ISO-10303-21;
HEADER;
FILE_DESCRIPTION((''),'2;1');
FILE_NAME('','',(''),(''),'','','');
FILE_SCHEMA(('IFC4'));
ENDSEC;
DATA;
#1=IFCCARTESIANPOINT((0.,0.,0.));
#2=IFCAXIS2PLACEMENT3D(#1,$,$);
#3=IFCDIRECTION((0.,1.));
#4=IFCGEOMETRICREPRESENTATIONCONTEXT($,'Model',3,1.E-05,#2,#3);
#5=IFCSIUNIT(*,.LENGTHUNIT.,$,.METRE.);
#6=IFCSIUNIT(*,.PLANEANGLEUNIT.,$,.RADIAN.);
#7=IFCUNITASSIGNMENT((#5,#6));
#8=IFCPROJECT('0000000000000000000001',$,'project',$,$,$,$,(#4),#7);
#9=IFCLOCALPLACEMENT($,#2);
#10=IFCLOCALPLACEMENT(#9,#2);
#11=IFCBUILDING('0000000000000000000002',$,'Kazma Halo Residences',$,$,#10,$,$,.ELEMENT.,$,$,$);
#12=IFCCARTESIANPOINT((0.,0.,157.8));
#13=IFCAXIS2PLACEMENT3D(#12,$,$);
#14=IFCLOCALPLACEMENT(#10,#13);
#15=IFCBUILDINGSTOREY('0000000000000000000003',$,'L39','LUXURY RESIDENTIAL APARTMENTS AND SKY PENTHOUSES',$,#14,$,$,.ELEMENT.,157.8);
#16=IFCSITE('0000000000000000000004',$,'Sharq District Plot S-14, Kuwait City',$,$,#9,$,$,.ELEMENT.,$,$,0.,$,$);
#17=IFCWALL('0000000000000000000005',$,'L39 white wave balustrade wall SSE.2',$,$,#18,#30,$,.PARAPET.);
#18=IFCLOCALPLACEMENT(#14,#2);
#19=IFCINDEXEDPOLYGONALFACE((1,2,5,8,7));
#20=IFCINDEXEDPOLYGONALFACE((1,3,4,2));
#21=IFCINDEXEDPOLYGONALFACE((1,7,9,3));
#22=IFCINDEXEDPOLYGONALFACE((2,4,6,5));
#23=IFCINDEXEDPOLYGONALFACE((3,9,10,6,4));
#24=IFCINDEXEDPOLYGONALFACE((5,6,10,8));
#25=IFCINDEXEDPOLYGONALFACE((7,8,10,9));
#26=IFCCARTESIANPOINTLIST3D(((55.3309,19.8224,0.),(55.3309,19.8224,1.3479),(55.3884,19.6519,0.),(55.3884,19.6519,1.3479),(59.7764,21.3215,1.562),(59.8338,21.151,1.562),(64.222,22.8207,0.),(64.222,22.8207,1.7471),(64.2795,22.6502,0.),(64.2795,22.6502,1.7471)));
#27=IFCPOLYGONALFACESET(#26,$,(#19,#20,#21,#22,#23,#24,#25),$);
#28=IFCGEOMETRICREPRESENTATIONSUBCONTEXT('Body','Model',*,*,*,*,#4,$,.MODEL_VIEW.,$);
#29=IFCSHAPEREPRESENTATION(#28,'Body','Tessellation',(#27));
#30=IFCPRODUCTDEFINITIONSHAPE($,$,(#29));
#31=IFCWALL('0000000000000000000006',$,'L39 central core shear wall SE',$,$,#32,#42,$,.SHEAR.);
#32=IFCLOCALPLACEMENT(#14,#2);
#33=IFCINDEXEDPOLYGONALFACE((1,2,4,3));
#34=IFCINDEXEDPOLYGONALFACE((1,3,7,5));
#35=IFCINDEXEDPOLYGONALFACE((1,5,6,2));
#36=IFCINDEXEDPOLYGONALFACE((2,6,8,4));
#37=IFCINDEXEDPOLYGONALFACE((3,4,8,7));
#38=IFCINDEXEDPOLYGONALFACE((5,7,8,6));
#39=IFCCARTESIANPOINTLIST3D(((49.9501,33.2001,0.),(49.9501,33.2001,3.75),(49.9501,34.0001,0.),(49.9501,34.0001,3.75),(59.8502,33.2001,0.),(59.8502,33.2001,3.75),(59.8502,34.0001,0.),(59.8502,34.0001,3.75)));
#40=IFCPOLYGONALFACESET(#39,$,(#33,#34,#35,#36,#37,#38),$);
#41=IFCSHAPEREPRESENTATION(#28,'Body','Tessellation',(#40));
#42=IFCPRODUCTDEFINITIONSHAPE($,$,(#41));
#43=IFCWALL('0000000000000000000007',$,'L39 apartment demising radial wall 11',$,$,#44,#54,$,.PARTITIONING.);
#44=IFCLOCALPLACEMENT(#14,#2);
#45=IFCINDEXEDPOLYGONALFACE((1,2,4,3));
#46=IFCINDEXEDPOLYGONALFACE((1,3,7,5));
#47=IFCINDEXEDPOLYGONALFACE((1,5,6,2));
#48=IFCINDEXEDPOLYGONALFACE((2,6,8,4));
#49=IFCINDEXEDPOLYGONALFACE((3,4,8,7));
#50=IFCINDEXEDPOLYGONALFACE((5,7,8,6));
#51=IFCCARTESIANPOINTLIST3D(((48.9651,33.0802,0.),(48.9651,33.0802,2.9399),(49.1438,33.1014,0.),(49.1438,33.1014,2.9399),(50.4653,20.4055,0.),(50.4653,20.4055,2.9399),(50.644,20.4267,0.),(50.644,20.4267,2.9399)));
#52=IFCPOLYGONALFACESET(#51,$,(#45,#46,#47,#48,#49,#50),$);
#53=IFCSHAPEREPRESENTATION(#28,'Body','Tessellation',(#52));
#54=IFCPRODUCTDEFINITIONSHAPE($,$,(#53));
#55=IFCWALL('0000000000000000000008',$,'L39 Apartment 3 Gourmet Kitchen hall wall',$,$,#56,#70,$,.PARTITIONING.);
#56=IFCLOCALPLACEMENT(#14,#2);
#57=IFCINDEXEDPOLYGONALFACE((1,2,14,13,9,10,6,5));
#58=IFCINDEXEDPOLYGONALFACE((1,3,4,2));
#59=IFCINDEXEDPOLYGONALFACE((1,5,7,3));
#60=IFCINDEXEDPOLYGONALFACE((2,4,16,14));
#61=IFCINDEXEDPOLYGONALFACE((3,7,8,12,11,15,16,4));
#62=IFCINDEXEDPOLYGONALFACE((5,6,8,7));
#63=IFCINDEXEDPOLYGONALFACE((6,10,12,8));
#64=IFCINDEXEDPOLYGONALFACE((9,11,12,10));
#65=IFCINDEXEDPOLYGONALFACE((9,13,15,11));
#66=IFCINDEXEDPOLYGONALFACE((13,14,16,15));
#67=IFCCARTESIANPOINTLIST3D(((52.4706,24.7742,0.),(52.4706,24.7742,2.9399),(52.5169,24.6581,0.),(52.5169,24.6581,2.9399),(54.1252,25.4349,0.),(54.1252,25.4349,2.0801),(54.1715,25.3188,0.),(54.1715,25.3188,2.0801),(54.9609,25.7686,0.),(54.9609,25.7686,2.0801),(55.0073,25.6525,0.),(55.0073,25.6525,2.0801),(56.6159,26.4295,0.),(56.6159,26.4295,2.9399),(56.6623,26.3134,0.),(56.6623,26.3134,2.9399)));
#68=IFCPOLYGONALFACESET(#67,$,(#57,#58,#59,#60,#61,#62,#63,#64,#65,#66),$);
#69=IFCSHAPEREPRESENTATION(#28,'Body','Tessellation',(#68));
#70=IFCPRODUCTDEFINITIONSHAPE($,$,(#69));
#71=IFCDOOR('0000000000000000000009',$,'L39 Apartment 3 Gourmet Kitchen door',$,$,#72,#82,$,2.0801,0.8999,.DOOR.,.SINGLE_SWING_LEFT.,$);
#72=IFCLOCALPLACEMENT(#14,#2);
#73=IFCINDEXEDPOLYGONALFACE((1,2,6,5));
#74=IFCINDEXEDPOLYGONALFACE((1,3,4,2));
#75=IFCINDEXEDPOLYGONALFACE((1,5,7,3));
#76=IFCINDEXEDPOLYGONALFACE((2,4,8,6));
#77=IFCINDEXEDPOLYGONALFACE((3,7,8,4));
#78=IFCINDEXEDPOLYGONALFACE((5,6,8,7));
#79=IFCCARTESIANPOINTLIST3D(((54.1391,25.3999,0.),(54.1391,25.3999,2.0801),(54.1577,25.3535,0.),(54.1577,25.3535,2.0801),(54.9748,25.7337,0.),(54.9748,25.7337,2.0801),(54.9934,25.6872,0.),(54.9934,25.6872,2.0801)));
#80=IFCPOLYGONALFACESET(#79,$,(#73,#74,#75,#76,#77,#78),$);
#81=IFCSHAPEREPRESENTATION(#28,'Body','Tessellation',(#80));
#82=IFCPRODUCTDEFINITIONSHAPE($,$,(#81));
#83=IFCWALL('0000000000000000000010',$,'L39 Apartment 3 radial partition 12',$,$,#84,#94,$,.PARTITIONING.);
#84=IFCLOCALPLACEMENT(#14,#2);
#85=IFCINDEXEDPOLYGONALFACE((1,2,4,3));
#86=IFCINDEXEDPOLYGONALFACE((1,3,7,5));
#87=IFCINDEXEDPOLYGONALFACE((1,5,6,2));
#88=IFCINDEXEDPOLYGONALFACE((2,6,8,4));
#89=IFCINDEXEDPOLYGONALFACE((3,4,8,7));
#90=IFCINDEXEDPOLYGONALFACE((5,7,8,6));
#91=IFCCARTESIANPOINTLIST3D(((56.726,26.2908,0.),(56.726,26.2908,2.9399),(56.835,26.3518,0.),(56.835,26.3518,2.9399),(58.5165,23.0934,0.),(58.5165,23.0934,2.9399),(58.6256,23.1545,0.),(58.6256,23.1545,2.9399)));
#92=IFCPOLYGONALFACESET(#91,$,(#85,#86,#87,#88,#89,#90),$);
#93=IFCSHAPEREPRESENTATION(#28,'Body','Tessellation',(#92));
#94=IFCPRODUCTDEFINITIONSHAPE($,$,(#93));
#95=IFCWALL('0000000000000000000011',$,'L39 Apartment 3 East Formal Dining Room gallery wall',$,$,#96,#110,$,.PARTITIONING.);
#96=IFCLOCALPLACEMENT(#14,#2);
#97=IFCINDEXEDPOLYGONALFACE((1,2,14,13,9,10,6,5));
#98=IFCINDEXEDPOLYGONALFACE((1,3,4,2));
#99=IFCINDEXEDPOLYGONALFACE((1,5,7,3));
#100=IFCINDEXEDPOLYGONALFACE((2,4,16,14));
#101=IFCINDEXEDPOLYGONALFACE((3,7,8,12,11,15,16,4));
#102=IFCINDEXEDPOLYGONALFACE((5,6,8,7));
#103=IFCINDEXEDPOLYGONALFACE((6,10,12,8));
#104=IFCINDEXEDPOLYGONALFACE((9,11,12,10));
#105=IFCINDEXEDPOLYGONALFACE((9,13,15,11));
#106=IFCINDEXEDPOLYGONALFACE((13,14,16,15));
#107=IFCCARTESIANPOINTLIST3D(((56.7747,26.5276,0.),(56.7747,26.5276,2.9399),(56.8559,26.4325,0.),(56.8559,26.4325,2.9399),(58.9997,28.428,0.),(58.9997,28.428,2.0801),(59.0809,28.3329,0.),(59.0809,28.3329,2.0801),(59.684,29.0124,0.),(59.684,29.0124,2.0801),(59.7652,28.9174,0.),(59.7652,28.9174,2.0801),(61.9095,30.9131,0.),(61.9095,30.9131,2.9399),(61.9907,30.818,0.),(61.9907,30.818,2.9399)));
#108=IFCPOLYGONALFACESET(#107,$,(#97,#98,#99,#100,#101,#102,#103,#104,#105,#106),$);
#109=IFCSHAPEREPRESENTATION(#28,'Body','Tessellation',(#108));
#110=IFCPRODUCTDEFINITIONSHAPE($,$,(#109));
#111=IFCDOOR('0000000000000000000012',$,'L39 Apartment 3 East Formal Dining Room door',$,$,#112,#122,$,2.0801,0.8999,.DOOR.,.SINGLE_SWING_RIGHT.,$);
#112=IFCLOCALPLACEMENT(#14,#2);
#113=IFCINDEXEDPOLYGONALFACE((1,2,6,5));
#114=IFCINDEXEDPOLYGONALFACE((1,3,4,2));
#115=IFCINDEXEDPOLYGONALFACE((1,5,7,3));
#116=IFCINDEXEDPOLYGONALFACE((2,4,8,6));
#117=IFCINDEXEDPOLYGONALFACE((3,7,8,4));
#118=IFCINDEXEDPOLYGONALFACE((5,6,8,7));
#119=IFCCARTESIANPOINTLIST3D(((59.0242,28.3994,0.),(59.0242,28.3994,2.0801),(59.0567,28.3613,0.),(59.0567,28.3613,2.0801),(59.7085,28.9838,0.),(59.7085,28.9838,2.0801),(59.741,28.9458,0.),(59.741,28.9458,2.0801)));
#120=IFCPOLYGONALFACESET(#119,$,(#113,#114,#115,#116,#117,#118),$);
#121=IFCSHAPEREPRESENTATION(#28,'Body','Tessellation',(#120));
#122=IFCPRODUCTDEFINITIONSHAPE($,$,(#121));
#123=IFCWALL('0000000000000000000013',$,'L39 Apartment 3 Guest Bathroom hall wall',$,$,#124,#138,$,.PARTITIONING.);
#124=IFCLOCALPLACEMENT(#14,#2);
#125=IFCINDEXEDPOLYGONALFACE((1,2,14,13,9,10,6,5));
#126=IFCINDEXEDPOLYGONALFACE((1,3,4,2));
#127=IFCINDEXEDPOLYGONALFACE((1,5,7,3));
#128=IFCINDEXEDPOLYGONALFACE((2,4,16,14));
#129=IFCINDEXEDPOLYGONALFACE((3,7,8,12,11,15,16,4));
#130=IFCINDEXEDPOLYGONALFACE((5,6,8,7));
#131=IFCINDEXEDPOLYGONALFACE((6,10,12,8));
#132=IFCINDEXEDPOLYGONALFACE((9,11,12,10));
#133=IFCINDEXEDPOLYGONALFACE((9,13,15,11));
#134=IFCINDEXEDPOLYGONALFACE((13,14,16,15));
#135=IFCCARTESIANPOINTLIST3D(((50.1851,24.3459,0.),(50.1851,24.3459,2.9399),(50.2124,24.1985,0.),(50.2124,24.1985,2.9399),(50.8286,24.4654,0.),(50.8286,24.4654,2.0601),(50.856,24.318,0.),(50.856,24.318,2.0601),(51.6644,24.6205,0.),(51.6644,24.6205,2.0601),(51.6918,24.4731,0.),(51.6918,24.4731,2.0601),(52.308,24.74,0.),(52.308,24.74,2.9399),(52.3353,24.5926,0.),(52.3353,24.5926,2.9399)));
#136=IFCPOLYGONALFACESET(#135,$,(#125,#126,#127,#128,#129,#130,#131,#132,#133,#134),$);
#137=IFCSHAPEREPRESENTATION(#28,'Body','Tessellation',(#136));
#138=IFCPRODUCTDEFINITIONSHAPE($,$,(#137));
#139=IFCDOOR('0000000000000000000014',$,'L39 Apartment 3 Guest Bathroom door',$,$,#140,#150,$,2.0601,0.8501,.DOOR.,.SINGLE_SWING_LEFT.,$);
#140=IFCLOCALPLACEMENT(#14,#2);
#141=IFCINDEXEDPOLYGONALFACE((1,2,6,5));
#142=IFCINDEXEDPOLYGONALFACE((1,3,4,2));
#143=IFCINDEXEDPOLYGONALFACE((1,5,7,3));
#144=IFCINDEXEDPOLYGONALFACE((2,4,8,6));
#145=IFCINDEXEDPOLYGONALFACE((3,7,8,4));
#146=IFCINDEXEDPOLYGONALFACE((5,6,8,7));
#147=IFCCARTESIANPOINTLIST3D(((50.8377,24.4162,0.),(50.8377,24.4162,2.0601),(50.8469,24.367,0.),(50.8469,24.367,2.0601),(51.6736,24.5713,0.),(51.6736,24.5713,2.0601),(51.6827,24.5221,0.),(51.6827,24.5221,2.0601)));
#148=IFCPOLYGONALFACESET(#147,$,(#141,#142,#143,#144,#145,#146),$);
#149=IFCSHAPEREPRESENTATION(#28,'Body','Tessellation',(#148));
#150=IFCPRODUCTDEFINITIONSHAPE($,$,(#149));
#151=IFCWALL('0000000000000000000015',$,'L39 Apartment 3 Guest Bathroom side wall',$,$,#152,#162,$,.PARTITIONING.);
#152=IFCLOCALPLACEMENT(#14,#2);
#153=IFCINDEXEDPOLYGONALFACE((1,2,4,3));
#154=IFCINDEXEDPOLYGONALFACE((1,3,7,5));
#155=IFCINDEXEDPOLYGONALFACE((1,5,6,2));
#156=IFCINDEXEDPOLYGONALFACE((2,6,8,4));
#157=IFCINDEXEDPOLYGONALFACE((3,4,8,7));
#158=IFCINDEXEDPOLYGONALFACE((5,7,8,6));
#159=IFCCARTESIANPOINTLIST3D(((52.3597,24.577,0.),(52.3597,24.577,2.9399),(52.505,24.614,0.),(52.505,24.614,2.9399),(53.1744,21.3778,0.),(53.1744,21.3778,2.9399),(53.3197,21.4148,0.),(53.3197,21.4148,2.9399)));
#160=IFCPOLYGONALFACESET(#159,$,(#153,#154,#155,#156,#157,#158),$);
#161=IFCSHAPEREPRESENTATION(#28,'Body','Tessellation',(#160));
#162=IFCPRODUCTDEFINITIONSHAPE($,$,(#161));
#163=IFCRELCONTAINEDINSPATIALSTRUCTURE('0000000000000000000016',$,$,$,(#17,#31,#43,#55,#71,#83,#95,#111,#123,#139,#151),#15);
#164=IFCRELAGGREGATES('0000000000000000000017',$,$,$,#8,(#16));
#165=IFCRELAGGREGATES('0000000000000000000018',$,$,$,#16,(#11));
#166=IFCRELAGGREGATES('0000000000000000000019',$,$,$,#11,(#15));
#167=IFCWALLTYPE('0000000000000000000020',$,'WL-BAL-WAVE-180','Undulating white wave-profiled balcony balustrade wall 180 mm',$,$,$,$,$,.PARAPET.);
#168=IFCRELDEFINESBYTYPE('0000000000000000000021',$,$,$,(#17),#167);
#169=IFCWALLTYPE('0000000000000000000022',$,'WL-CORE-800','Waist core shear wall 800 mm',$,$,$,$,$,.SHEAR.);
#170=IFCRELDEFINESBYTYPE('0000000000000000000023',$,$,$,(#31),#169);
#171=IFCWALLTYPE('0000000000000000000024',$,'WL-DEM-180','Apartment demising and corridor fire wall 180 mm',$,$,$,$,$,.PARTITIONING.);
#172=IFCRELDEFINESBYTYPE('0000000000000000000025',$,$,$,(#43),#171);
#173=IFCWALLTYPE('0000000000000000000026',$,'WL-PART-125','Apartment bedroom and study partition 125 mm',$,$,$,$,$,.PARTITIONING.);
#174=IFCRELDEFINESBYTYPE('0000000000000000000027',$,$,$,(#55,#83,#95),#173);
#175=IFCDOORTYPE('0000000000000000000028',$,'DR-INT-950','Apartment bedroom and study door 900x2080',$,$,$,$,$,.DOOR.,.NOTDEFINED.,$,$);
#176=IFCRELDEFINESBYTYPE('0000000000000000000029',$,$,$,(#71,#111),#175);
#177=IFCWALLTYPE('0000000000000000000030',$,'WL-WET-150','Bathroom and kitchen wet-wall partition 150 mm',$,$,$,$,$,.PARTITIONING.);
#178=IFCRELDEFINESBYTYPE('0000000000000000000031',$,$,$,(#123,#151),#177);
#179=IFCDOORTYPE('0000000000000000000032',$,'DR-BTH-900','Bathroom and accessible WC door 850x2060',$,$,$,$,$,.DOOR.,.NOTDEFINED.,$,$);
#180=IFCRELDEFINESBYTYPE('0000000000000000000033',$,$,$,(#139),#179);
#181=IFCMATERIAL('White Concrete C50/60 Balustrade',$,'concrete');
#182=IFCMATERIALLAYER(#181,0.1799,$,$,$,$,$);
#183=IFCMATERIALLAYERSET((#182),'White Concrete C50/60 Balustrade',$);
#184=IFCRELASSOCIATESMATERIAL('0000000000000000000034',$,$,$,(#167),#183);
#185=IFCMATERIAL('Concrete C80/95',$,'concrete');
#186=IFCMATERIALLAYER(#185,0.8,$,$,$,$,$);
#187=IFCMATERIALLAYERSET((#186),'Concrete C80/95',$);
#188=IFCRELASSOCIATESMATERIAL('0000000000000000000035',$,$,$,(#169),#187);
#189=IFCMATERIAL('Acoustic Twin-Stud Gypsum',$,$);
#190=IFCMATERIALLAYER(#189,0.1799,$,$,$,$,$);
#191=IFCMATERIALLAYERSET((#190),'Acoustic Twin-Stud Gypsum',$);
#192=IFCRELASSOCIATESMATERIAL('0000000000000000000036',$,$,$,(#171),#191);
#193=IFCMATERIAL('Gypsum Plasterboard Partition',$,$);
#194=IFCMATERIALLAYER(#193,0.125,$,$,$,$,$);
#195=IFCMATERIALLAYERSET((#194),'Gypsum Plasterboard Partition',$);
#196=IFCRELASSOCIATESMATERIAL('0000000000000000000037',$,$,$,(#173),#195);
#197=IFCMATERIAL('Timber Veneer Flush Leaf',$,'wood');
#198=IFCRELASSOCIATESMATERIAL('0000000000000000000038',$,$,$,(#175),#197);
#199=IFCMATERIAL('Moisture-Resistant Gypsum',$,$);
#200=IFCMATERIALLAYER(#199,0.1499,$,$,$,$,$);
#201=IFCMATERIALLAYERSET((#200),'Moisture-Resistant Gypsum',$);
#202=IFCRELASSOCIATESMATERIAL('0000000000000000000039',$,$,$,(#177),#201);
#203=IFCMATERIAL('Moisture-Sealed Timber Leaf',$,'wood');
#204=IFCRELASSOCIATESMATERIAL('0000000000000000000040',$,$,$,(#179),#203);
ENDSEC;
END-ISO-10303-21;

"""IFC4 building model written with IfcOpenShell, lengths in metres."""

from ifc_helpers import new_model, si_unit, direction, frame, frame_2d, origin, place, context, subcontext, project, spatial, polyline, rectangle, outline, extrude, material, layer, layer_set, type_object, element, fill, save


model = new_model("IFC4")

# Units and contexts
model_context = context("Model", 3, precision=1e-05, world=origin(), true_north=direction((0.0, 1.0)))
body_context = subcontext(model_context, "Body", "Model", "MODEL_VIEW")
ifc_project = project(units=[si_unit("LENGTHUNIT", "METRE"), si_unit("PLANEANGLEUNIT", "RADIAN")], contexts=[model_context])

# Site, building, storey
site_placement = place(None, origin())
site = spatial("IfcSite", under=ifc_project, at=site_placement, Name="Sharq District Plot S-14, Kuwait City", CompositionType="ELEMENT", RefElevation=0.0)
building_placement = place(site_placement, origin())
building = spatial("IfcBuilding", under=site, at=building_placement, Name="Kazma Halo Residences", CompositionType="ELEMENT")
storey_placement = place(building_placement, frame((0.0, 0.0, 157.8)))
storey = spatial("IfcBuildingStorey", under=building, at=storey_placement, Name="L39", Description="LUXURY RESIDENTIAL APARTMENTS AND SKY PENTHOUSES", CompositionType="ELEMENT", Elevation=157.8)

# Shared definitions
ifc_material_1 = material(Name="Concrete C80/95", Category="concrete")

# Walls
ifc_material_2 = material(Name="White Concrete C50/60 Balustrade", Category="concrete")
ifc_layer_1 = layer(ifc_material_2, 0.1799)
ifc_layer_set_1 = layer_set([ifc_layer_1], Name="White Concrete C50/60 Balustrade")
wall_type_1 = type_object("IfcWallType", Name="WL-BAL-WAVE-180", Description="Undulating white wave-profiled balcony balustrade wall 180 mm", PredefinedType="PARAPET", material=ifc_layer_set_1)
wall_1_placement = place(storey_placement, frame((55.3596, 19.7373, 0.0), z_axis=(0.0, 0.0, 1.0), x_axis=(0.947572, 0.319543, 0.0)))
element("IfcWall", 1, at=wall_1_placement, inside=storey, type_object=wall_type_1, Name="L39 white wave balustrade wall SSE.2", PredefinedType="PARAPET", context=body_context, shape_type="SweptSolid", body=[
    extrude(outline(polyline([(0.0, 0.0), (9.3831, 0.0), (9.3831, 1.7471), (4.6914, 1.562), (0.0, 1.3479), (0.0, 0.0)])), frame((0.0, 0.0898, 0.0), z_axis=(0.0, -1.0, 0.0), x_axis=(1.0, 0.0, 0.0)), (0.0, 0.0, 1.0), 0.1799),
])
ifc_layer_2 = layer(ifc_material_1, 0.8)
ifc_layer_set_2 = layer_set([ifc_layer_2], Name="Concrete C80/95")
wall_type_2 = type_object("IfcWallType", Name="WL-CORE-800", Description="Waist core shear wall 800 mm", PredefinedType="SHEAR", material=ifc_layer_set_2)
wall_2_placement = place(storey_placement, frame((49.95, 33.6001, 0.0), z_axis=(0.0, 0.0, 1.0), x_axis=(1.0, 0.0, 0.0)))
element("IfcWall", 2, at=wall_2_placement, inside=storey, type_object=wall_type_2, Name="L39 central core shear wall SE", PredefinedType="SHEAR", context=body_context, shape_type="SweptSolid", body=[
    extrude(rectangle(XDim=9.9001, YDim=0.8, at=frame_2d((4.9502, 0.0))), origin(), (0.0, 0.0, 1.0), 3.75),
])
ifc_material_3 = material(Name="Acoustic Twin-Stud Gypsum")
ifc_layer_3 = layer(ifc_material_3, 0.1799)
ifc_layer_set_3 = layer_set([ifc_layer_3], Name="Acoustic Twin-Stud Gypsum")
wall_type_3 = type_object("IfcWallType", Name="WL-DEM-180", Description="Apartment demising and corridor fire wall 180 mm", PredefinedType="PARTITIONING", material=ifc_layer_set_3)
wall_3_placement = place(storey_placement, frame((49.0544, 33.0908, 0.0), z_axis=(0.0, 0.0, 1.0), x_axis=(0.117544, -0.993068, 0.0)))
element("IfcWall", 3, at=wall_3_placement, inside=storey, type_object=wall_type_3, Name="L39 apartment demising radial wall 11", PredefinedType="PARTITIONING", context=body_context, shape_type="SweptSolid", body=[
    extrude(rectangle(XDim=12.7632, YDim=0.1799, at=frame_2d((6.3816, 0.0))), origin(), (0.0, 0.0, 1.0), 2.9399),
])

# Wall, opening, door
ifc_material_4 = material(Name="Gypsum Plasterboard Partition")
ifc_layer_4 = layer(ifc_material_4, 0.125)
ifc_layer_set_4 = layer_set([ifc_layer_4], Name="Gypsum Plasterboard Partition")
wall_type_4 = type_object("IfcWallType", Name="WL-PART-125", Description="Apartment bedroom and study partition 125 mm", PredefinedType="PARTITIONING", material=ifc_layer_set_4)
wall_4_placement = place(storey_placement, frame((52.4937, 24.7161, 0.0), z_axis=(0.0, 0.0, 1.0), x_axis=(0.928695, 0.370844, 0.0)))
wall_4 = element("IfcWall", 4, at=wall_4_placement, inside=storey, type_object=wall_type_4, Name="L39 Apartment 3 Gourmet Kitchen hall wall", PredefinedType="PARTITIONING", context=body_context, shape_type="SweptSolid", body=[
    extrude(rectangle(XDim=4.4636, YDim=0.125, at=frame_2d((2.2319, 0.0))), origin(), (0.0, 0.0, 1.0), 2.9399),
])
opening_1_placement = place(wall_4_placement, frame((1.7817, 0.0, 0.0)))
opening_1 = element("IfcOpeningElement", 5, at=opening_1_placement, cuts=wall_4, PredefinedType="OPENING", context=body_context, shape_type="SweptSolid", body=[
    extrude(rectangle(XDim=0.8999, YDim=2.0801, at=frame_2d((0.45, 1.04))), frame((0.0, 0.0725, 0.0), z_axis=(0.0, -1.0, 0.0), x_axis=(1.0, 0.0, 0.0)), (0.0, 0.0, 1.0), 0.145),
])
ifc_material_5 = material(Name="Timber Veneer Flush Leaf", Category="wood")
door_type_1 = type_object("IfcDoorType", Name="DR-INT-950", Description="Apartment bedroom and study door 900x2080", OperationType="NOTDEFINED", PredefinedType="DOOR", material=ifc_material_5)
door_1_placement = place(opening_1_placement, origin())
door_1 = element("IfcDoor", 6, at=door_1_placement, inside=storey, type_object=door_type_1, Name="L39 Apartment 3 Gourmet Kitchen door", OperationType="SINGLE_SWING_LEFT", OverallHeight=2.0801, OverallWidth=0.8999, PredefinedType="DOOR", context=body_context, shape_type="SweptSolid", body=[
    extrude(rectangle(XDim=0.8999, YDim=2.0801, at=frame_2d((0.45, 1.04))), frame((0.0, 0.0249, 0.0), z_axis=(0.0, -1.0, 0.0), x_axis=(1.0, 0.0, 0.0)), (0.0, 0.0, 1.0), 0.05),
])
fill(opening_1, door_1)

# Wall
wall_5_placement = place(storey_placement, frame((56.7805, 26.3213, 0.0), z_axis=(0.0, 0.0, 1.0), x_axis=(0.488616, -0.872499, 0.0)))
element("IfcWall", 7, at=wall_5_placement, inside=storey, type_object=wall_type_4, Name="L39 Apartment 3 radial partition 12", PredefinedType="PARTITIONING", context=body_context, shape_type="SweptSolid", body=[
    extrude(rectangle(XDim=3.6646, YDim=0.125, at=frame_2d((1.8323, 0.0))), origin(), (0.0, 0.0, 1.0), 2.9399),
])

# Walls, openings, doors
wall_6_placement = place(storey_placement, frame((56.8152, 26.48, 0.0), z_axis=(0.0, 0.0, 1.0), x_axis=(0.760406, 0.649448, 0.0)))
wall_6 = element("IfcWall", 8, at=wall_6_placement, inside=storey, type_object=wall_type_4, Name="L39 Apartment 3 East Formal Dining Room gallery wall", PredefinedType="PARTITIONING", context=body_context, shape_type="SweptSolid", body=[
    extrude(rectangle(XDim=6.7527, YDim=0.125, at=frame_2d((3.3765, 0.0))), origin(), (0.0, 0.0, 1.0), 2.9399),
])
opening_2_placement = place(wall_6_placement, frame((2.9263, 0.0, 0.0)))
opening_2 = element("IfcOpeningElement", 9, at=opening_2_placement, cuts=wall_6, PredefinedType="OPENING", context=body_context, shape_type="SweptSolid", body=[
    extrude(rectangle(XDim=0.8999, YDim=2.0801, at=frame_2d((0.45, 1.04))), frame((0.0, 0.0725, 0.0), z_axis=(0.0, -1.0, 0.0), x_axis=(1.0, 0.0, 0.0)), (0.0, 0.0, 1.0), 0.145),
])
door_2_placement = place(opening_2_placement, origin())
door_2 = element("IfcDoor", 10, at=door_2_placement, inside=storey, type_object=door_type_1, Name="L39 Apartment 3 East Formal Dining Room door", OperationType="SINGLE_SWING_RIGHT", OverallHeight=2.0801, OverallWidth=0.8999, PredefinedType="DOOR", context=body_context, shape_type="SweptSolid", body=[
    extrude(rectangle(XDim=0.8999, YDim=2.0801, at=frame_2d((0.45, 1.04))), frame((0.0, 0.0249, 0.0), z_axis=(0.0, -1.0, 0.0), x_axis=(1.0, 0.0, 0.0)), (0.0, 0.0, 1.0), 0.05),
])
fill(opening_2, door_2)
ifc_material_6 = material(Name="Moisture-Resistant Gypsum")
ifc_layer_5 = layer(ifc_material_6, 0.1499)
ifc_layer_set_5 = layer_set([ifc_layer_5], Name="Moisture-Resistant Gypsum")
wall_type_5 = type_object("IfcWallType", Name="WL-WET-150", Description="Bathroom and kitchen wet-wall partition 150 mm", PredefinedType="PARTITIONING", material=ifc_layer_set_5)
wall_7_placement = place(storey_placement, frame((50.1987, 24.2722, 0.0), z_axis=(0.0, 0.0, 1.0), x_axis=(0.983205, 0.182506, 0.0)))
wall_7 = element("IfcWall", 11, at=wall_7_placement, inside=storey, type_object=wall_type_5, Name="L39 Apartment 3 Guest Bathroom hall wall", PredefinedType="PARTITIONING", context=body_context, shape_type="SweptSolid", body=[
    extrude(rectangle(XDim=2.1592, YDim=0.1499, at=frame_2d((1.0796, 0.0))), origin(), (0.0, 0.0, 1.0), 2.9399),
])
opening_3_placement = place(wall_7_placement, frame((0.6545, 0.0, 0.0)))
opening_3 = element("IfcOpeningElement", 12, at=opening_3_placement, cuts=wall_7, PredefinedType="OPENING", context=body_context, shape_type="SweptSolid", body=[
    extrude(rectangle(XDim=0.8501, YDim=2.0601, at=frame_2d((0.425, 1.03))), frame((0.0, 0.085, 0.0), z_axis=(0.0, -1.0, 0.0), x_axis=(1.0, 0.0, 0.0)), (0.0, 0.0, 1.0), 0.1699),
])
ifc_material_7 = material(Name="Moisture-Sealed Timber Leaf", Category="wood")
door_type_2 = type_object("IfcDoorType", Name="DR-BTH-900", Description="Bathroom and accessible WC door 850x2060", OperationType="NOTDEFINED", PredefinedType="DOOR", material=ifc_material_7)
door_3_placement = place(opening_3_placement, origin())
door_3 = element("IfcDoor", 13, at=door_3_placement, inside=storey, type_object=door_type_2, Name="L39 Apartment 3 Guest Bathroom door", OperationType="SINGLE_SWING_LEFT", OverallHeight=2.0601, OverallWidth=0.8501, PredefinedType="DOOR", context=body_context, shape_type="SweptSolid", body=[
    extrude(rectangle(XDim=0.8501, YDim=2.0601, at=frame_2d((0.425, 1.03))), frame((0.0, 0.0249, 0.0), z_axis=(0.0, -1.0, 0.0), x_axis=(1.0, 0.0, 0.0)), (0.0, 0.0, 1.0), 0.05),
])
fill(opening_3, door_3)

# Wall
wall_8_placement = place(storey_placement, frame((52.4324, 24.5955, 0.0), z_axis=(0.0, 0.0, 1.0), x_axis=(0.246779, -0.969072, 0.0)))
element("IfcWall", 14, at=wall_8_placement, inside=storey, type_object=wall_type_5, Name="L39 Apartment 3 Guest Bathroom side wall", PredefinedType="PARTITIONING", context=body_context, shape_type="SweptSolid", body=[
    extrude(rectangle(XDim=3.3013, YDim=0.1499, at=frame_2d((1.6506, 0.0))), origin(), (0.0, 0.0, 1.0), 2.9399),
])

save(model, "model.ifc")
